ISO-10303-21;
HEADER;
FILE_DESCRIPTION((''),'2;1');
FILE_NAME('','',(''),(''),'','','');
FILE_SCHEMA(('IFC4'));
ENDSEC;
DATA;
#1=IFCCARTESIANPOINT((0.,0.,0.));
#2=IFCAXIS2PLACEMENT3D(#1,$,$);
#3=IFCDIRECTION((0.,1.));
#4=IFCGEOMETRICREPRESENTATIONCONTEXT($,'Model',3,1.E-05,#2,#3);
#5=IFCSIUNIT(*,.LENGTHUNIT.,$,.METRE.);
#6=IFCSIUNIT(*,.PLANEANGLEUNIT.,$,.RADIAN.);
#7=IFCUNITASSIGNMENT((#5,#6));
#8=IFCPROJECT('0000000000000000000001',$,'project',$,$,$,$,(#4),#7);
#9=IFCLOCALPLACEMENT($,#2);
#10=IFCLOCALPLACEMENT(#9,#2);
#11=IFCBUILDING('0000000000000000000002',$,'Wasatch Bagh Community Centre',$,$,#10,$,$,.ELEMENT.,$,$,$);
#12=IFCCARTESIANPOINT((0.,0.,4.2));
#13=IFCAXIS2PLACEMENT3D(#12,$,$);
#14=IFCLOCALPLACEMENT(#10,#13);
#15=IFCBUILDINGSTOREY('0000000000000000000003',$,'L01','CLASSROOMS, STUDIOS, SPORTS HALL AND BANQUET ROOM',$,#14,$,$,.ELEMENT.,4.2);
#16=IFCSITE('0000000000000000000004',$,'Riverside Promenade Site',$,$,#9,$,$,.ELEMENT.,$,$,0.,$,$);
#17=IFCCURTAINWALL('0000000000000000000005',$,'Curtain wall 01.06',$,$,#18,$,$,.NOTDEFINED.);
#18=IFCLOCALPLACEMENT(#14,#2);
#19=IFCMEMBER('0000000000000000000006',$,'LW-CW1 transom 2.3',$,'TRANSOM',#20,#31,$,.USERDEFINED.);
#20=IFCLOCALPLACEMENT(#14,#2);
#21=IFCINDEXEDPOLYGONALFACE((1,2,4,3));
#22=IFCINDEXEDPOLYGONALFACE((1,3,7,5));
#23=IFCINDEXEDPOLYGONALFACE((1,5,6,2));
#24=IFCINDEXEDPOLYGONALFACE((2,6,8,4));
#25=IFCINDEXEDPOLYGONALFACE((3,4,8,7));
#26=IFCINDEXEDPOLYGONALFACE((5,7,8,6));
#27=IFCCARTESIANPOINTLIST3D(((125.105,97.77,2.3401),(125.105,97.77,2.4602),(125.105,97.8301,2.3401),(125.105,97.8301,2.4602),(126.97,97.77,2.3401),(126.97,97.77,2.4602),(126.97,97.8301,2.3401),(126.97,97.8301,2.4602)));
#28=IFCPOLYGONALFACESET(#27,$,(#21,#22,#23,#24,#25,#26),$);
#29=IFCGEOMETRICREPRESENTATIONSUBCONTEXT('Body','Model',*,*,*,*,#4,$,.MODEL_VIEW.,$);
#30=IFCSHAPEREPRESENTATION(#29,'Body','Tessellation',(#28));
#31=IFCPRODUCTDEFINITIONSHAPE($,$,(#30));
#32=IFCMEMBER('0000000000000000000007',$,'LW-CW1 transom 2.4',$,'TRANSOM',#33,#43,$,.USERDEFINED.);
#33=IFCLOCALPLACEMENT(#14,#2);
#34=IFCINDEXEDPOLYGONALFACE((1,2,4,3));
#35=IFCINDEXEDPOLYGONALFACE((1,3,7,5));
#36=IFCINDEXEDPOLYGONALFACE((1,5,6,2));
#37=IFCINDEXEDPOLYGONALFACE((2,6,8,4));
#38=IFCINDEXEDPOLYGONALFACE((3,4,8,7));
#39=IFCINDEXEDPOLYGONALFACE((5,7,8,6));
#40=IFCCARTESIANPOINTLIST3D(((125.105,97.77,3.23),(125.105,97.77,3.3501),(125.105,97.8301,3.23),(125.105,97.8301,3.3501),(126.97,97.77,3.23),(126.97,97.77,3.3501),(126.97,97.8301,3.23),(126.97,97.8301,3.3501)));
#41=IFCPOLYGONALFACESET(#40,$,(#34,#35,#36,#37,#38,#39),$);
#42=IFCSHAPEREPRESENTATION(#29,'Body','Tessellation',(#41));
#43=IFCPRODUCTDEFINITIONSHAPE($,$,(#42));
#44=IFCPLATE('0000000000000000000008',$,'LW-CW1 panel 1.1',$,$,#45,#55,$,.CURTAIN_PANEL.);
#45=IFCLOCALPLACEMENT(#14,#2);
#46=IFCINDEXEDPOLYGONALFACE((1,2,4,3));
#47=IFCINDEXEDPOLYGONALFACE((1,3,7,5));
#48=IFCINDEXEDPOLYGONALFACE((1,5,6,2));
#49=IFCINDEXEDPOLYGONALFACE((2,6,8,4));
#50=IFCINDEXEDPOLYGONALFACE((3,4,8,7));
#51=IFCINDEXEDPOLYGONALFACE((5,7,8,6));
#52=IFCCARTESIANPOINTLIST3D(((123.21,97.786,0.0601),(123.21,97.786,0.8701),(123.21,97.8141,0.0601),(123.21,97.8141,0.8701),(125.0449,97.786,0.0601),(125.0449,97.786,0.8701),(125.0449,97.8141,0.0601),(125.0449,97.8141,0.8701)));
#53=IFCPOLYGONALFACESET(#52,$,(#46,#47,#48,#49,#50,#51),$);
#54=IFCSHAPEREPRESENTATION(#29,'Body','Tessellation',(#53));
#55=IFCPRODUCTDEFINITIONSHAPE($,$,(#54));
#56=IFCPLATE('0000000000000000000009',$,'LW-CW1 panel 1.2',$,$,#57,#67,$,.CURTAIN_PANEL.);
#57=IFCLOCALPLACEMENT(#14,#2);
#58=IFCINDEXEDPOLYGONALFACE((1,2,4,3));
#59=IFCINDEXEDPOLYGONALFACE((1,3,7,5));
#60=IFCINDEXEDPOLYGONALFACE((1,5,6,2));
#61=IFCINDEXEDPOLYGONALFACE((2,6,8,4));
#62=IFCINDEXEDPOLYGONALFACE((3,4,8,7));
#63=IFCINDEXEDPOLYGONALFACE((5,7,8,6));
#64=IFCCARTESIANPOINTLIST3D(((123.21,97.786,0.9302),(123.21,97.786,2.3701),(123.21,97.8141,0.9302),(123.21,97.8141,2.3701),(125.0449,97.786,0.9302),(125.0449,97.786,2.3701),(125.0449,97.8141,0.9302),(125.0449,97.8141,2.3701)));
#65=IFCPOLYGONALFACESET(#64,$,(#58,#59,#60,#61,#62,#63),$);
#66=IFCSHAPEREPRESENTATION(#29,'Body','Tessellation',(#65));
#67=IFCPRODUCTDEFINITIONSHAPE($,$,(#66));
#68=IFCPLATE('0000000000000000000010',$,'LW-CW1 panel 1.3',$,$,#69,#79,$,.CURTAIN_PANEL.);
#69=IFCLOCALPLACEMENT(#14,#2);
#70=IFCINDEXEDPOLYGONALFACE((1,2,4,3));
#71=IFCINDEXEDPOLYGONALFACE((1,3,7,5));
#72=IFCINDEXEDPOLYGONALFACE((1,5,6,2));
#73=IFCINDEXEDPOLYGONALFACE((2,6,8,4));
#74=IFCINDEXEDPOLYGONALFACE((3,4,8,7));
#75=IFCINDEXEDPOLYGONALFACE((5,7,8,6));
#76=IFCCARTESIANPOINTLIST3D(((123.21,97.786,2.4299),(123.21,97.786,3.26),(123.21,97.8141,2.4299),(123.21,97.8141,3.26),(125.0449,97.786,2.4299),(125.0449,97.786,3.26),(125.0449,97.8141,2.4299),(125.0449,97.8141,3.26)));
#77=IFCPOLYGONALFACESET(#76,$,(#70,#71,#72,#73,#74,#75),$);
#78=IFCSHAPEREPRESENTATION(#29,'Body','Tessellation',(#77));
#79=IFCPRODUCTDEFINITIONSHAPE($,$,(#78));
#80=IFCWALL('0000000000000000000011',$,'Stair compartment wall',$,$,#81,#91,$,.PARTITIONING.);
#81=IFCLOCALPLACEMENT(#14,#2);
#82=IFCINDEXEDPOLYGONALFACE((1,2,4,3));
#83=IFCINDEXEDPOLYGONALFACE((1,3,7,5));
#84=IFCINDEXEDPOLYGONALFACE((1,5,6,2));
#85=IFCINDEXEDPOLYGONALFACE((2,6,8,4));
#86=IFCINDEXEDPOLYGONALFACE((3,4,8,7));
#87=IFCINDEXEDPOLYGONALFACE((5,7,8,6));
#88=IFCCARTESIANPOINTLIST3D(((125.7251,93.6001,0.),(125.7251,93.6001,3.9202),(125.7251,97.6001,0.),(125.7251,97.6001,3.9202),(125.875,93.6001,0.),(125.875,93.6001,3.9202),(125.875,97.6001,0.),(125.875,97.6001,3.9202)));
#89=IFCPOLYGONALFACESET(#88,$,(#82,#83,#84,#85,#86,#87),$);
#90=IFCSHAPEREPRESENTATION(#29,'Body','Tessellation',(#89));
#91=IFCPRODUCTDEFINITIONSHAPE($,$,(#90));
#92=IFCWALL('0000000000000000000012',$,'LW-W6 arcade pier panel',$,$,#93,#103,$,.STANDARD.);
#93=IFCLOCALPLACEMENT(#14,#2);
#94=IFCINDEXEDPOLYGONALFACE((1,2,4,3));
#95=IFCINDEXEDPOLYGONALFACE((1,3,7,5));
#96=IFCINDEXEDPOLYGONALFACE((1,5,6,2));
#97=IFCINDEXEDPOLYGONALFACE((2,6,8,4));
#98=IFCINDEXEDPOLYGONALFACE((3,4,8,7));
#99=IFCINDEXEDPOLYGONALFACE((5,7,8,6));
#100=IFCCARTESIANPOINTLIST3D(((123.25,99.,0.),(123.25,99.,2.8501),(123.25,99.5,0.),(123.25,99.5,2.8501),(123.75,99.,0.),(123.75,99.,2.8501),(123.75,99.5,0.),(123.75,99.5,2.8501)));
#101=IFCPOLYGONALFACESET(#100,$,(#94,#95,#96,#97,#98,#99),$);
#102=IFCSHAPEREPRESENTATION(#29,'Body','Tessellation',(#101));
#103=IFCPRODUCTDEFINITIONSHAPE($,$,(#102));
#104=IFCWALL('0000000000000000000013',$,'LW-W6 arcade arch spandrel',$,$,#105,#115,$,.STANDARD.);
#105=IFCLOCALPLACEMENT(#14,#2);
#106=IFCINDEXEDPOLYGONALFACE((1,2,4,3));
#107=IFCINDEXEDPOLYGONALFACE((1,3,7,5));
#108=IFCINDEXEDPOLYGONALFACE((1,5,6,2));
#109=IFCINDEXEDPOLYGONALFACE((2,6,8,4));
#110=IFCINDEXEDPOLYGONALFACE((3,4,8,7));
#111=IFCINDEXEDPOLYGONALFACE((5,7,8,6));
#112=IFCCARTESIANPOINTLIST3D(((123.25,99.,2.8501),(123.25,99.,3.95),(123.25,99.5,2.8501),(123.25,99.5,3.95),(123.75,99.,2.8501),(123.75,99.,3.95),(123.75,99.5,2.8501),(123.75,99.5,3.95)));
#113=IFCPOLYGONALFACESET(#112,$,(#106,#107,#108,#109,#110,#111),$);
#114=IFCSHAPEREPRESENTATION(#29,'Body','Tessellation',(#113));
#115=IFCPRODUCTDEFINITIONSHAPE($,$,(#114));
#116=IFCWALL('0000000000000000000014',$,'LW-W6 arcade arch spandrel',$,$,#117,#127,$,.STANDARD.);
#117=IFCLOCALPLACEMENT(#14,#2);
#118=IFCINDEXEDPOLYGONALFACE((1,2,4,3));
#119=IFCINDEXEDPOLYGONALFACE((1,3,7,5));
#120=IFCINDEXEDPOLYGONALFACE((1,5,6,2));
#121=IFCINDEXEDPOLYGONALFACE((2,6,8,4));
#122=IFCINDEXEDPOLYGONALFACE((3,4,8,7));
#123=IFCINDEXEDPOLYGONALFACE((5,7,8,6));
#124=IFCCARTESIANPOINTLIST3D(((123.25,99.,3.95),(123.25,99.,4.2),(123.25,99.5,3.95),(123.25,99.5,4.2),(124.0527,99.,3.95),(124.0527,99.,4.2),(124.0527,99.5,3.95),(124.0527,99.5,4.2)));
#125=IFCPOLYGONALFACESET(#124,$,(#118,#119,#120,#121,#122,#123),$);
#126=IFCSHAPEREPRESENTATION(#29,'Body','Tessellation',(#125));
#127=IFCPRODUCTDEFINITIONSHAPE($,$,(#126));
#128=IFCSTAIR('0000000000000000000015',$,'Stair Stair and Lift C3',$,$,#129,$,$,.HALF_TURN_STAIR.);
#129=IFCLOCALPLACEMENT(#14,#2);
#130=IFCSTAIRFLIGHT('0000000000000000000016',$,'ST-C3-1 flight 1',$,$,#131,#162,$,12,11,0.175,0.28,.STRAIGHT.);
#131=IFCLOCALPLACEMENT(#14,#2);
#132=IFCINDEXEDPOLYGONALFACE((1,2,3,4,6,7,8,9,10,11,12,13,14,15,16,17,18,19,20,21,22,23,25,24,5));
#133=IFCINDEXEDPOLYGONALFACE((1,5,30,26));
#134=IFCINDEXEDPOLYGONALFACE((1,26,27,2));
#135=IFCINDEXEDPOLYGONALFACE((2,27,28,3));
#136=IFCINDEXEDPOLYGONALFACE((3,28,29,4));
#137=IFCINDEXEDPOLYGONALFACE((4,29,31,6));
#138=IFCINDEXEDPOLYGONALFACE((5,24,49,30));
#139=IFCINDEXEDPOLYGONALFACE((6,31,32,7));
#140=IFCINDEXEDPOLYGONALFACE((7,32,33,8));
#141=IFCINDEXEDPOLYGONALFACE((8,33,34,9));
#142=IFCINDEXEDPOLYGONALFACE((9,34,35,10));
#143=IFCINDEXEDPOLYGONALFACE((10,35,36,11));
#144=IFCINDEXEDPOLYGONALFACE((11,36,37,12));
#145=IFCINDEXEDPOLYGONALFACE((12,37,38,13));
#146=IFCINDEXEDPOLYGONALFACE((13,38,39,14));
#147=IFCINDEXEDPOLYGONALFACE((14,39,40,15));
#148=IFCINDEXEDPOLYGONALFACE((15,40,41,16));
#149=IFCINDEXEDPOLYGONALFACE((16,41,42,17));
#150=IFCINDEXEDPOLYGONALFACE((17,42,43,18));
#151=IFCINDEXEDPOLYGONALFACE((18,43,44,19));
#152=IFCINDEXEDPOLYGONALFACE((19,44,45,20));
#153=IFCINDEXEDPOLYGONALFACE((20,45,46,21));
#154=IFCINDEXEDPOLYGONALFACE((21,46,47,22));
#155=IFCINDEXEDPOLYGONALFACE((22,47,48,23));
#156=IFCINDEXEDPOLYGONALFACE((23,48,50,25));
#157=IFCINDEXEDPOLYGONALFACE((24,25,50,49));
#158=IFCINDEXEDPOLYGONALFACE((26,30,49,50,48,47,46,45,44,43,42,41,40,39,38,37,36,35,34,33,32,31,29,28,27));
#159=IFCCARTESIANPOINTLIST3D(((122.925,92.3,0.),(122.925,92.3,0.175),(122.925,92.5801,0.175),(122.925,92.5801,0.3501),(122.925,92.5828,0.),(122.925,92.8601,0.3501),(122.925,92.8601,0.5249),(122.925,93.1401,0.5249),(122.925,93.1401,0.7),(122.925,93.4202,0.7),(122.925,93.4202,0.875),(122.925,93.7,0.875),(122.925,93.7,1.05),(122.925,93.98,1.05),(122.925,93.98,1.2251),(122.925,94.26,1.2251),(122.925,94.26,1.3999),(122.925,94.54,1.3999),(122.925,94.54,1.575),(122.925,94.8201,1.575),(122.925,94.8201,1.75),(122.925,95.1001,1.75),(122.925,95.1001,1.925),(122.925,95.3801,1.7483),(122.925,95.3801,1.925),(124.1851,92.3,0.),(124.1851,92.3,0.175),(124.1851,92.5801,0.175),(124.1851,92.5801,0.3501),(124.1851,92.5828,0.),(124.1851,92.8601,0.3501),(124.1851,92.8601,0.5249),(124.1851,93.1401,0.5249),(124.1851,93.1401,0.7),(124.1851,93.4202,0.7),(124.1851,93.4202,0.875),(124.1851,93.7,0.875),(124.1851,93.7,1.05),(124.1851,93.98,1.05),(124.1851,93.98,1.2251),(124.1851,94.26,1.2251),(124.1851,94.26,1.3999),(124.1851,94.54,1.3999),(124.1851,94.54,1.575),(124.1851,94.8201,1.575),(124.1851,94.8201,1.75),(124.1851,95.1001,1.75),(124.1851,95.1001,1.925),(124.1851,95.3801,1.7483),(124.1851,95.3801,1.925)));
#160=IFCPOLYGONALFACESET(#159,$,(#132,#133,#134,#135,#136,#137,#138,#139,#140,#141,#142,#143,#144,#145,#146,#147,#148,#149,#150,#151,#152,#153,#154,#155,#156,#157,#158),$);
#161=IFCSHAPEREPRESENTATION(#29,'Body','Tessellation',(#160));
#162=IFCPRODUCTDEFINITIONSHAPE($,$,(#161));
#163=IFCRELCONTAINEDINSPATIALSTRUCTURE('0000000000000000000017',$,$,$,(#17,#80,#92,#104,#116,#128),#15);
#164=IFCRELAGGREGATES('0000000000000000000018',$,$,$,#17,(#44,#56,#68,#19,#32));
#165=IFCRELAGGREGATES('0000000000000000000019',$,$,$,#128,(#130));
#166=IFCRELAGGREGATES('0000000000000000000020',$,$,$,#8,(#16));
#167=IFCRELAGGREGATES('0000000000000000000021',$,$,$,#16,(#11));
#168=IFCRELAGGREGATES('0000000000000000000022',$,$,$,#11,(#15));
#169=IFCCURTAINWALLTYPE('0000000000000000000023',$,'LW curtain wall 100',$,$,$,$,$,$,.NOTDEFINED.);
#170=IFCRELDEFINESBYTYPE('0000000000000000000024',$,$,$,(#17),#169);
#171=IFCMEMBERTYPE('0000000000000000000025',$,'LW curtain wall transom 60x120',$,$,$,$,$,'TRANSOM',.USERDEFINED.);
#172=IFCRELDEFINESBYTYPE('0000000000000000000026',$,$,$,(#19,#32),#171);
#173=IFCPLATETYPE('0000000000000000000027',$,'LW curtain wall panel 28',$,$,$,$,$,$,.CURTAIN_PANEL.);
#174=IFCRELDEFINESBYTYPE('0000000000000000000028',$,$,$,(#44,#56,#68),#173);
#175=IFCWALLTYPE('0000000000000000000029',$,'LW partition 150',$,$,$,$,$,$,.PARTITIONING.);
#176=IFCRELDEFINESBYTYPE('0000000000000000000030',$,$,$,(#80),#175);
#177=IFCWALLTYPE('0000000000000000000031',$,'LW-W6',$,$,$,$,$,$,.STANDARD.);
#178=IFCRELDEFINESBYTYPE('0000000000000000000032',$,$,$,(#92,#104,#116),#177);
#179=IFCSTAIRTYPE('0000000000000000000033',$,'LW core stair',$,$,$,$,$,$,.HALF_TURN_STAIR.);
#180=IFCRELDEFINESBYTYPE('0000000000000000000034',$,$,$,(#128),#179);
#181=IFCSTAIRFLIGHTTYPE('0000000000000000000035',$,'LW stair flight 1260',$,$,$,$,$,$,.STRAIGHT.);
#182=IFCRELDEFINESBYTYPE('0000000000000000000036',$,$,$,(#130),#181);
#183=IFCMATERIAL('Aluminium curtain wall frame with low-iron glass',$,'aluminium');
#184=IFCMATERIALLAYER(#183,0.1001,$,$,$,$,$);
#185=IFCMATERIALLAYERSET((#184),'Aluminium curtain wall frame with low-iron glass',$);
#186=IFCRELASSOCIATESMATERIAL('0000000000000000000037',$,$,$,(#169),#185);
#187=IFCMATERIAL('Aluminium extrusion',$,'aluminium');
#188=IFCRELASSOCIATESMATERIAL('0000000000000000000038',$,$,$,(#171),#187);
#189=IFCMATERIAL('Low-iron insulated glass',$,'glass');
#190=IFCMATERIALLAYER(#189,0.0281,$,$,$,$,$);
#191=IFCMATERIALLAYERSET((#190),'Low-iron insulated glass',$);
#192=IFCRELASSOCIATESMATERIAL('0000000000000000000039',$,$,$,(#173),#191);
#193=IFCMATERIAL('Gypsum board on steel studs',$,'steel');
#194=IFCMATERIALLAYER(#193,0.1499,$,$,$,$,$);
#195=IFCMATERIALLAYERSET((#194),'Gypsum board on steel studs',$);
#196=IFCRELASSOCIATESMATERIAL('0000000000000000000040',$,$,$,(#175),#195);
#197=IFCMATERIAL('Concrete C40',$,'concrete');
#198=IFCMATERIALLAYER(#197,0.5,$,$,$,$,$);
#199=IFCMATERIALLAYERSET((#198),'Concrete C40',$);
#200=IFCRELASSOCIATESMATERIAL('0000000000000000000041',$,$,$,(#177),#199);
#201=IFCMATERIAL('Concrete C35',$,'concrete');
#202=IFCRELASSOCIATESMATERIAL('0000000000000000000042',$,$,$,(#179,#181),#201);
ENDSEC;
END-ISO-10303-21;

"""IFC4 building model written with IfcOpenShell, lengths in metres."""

from ifc_helpers import new_model, si_unit, direction, frame, frame_2d, origin, origin_2d, place, context, subcontext, project, spatial, polyline, rectangle, outline, extrude, material, layer, layer_set, material_profile, profile_set, type_object, element, aggregate, save


model = new_model("IFC4")

# Units and contexts
model_context = context("Model", 3, precision=1e-05, world=origin(), true_north=direction((0.0, 1.0)))
body_context = subcontext(model_context, "Body", "Model", "MODEL_VIEW")
ifc_project = project(units=[si_unit("LENGTHUNIT", "METRE"), si_unit("PLANEANGLEUNIT", "RADIAN")], contexts=[model_context])

# Site, building, storey
site_placement = place(None, origin())
site = spatial("IfcSite", under=ifc_project, at=site_placement, Name="Riverside Promenade Site", CompositionType="ELEMENT", RefElevation=0.0)
building_placement = place(site_placement, origin())
building = spatial("IfcBuilding", under=site, at=building_placement, Name="Wasatch Bagh Community Centre", CompositionType="ELEMENT")
storey_placement = place(building_placement, frame((0.0, 0.0, 4.2)))
storey = spatial("IfcBuildingStorey", under=building, at=storey_placement, Name="L01", Description="CLASSROOMS, STUDIOS, SPORTS HALL AND BANQUET ROOM", CompositionType="ELEMENT", Elevation=4.2)

# Shared definitions
ifc_material_1 = material(Name="Concrete C40", Category="concrete")

# Shared definitions
ifc_material_2 = material(Name="Concrete C35", Category="concrete")

# Curtain wall, members, plates
ifc_material_3 = material(Name="Aluminium curtain wall frame with low-iron glass", Category="aluminium")
ifc_layer_1 = layer(ifc_material_3, 0.1001)
ifc_layer_set_1 = layer_set([ifc_layer_1], Name="Aluminium curtain wall frame with low-iron glass")
curtain_wall_type = type_object("IfcCurtainWallType", Name="LW curtain wall 100", PredefinedType="NOTDEFINED", material=ifc_layer_set_1)
curtain_wall_placement = place(storey_placement, origin())
curtain_wall = element("IfcCurtainWall", 1, at=curtain_wall_placement, inside=storey, type_object=curtain_wall_type, Name="Curtain wall 01.06", PredefinedType="NOTDEFINED")
ifc_material_4 = material(Name="Aluminium extrusion", Category="aluminium")
ifc_material_profile_1 = material_profile(ifc_material_4, rectangle(XDim=0.0601, YDim=0.1201, at=origin_2d()), Name="AL 60x120")
ifc_profile_set_1 = profile_set([ifc_material_profile_1], Name="Aluminium extrusion")
member_type_1 = type_object("IfcMemberType", Name="LW curtain wall transom 60x120", ElementType="TRANSOM", PredefinedType="USERDEFINED", material=ifc_profile_set_1)
member_1_placement = place(storey_placement, frame((125.105, 97.8, 2.4001), z_axis=(1.0, 0.0, 0.0), x_axis=(0.0, 1.0, 0.0)))
member_1 = element("IfcMember", 2, at=member_1_placement, type_object=member_type_1, Name="LW-CW1 transom 2.3", ObjectType="TRANSOM", PredefinedType="USERDEFINED", context=body_context, shape_type="SweptSolid", body=[
    extrude(rectangle(XDim=0.0601, YDim=0.1201, at=origin_2d()), origin(), (0.0, 0.0, 1.0), 1.865),
])
member_2_placement = place(storey_placement, frame((125.105, 97.8, 3.29), z_axis=(1.0, 0.0, 0.0), x_axis=(0.0, 1.0, 0.0)))
member_2 = element("IfcMember", 3, at=member_2_placement, type_object=member_type_1, Name="LW-CW1 transom 2.4", ObjectType="TRANSOM", PredefinedType="USERDEFINED", context=body_context, shape_type="SweptSolid", body=[
    extrude(rectangle(XDim=0.0601, YDim=0.1201, at=origin_2d()), origin(), (0.0, 0.0, 1.0), 1.865),
])
ifc_material_5 = material(Name="Low-iron insulated glass", Category="glass")
ifc_layer_2 = layer(ifc_material_5, 0.0281)
ifc_layer_set_2 = layer_set([ifc_layer_2], Name="Low-iron insulated glass")
plate_type = type_object("IfcPlateType", Name="LW curtain wall panel 28", PredefinedType="CURTAIN_PANEL", material=ifc_layer_set_2)
plate_1_placement = place(storey_placement, frame((124.1274, 97.8, 0.0601), z_axis=(0.0, 0.0, 1.0), x_axis=(1.0, 0.0, 0.0)))
plate_1 = element("IfcPlate", 4, at=plate_1_placement, type_object=plate_type, Name="LW-CW1 panel 1.1", PredefinedType="CURTAIN_PANEL", context=body_context, shape_type="SweptSolid", body=[
    extrude(rectangle(XDim=1.835, YDim=0.0281, at=origin_2d()), origin(), (0.0, 0.0, 1.0), 0.8101),
])
plate_2_placement = place(storey_placement, frame((124.1274, 97.8, 0.9302), z_axis=(0.0, 0.0, 1.0), x_axis=(1.0, 0.0, 0.0)))
plate_2 = element("IfcPlate", 5, at=plate_2_placement, type_object=plate_type, Name="LW-CW1 panel 1.2", PredefinedType="CURTAIN_PANEL", context=body_context, shape_type="SweptSolid", body=[
    extrude(rectangle(XDim=1.835, YDim=0.0281, at=origin_2d()), origin(), (0.0, 0.0, 1.0), 1.4399),
])
plate_3_placement = place(storey_placement, frame((124.1274, 97.8, 2.4299), z_axis=(0.0, 0.0, 1.0), x_axis=(1.0, 0.0, 0.0)))
plate_3 = element("IfcPlate", 6, at=plate_3_placement, type_object=plate_type, Name="LW-CW1 panel 1.3", PredefinedType="CURTAIN_PANEL", context=body_context, shape_type="SweptSolid", body=[
    extrude(rectangle(XDim=1.835, YDim=0.0281, at=origin_2d()), origin(), (0.0, 0.0, 1.0), 0.8301),
])
aggregate(curtain_wall, [plate_1, plate_2, plate_3, member_1, member_2])

# Walls
ifc_material_6 = material(Name="Gypsum board on steel studs", Category="steel")
ifc_layer_3 = layer(ifc_material_6, 0.1499)
ifc_layer_set_3 = layer_set([ifc_layer_3], Name="Gypsum board on steel studs")
wall_type_1 = type_object("IfcWallType", Name="LW partition 150", PredefinedType="PARTITIONING", material=ifc_layer_set_3)
wall_1_placement = place(storey_placement, frame((125.8, 93.6001, 0.0), z_axis=(0.0, 0.0, 1.0), x_axis=(0.0, 1.0, 0.0)))
element("IfcWall", 7, at=wall_1_placement, inside=storey, type_object=wall_type_1, Name="Stair compartment wall", PredefinedType="PARTITIONING", context=body_context, shape_type="SweptSolid", body=[
    extrude(rectangle(XDim=4.0, YDim=0.1499, at=frame_2d((2.0, 0.0))), origin(), (0.0, 0.0, 1.0), 3.9202),
])
ifc_layer_4 = layer(ifc_material_1, 0.5)
ifc_layer_set_4 = layer_set([ifc_layer_4], Name="Concrete C40")
wall_type_2 = type_object("IfcWallType", Name="LW-W6", PredefinedType="STANDARD", material=ifc_layer_set_4)
wall_2_placement = place(storey_placement, frame((123.25, 99.25, 0.0), z_axis=(0.0, 0.0, 1.0), x_axis=(1.0, 0.0, 0.0)))
element("IfcWall", 8, at=wall_2_placement, inside=storey, type_object=wall_type_2, Name="LW-W6 arcade pier panel", PredefinedType="STANDARD", context=body_context, shape_type="SweptSolid", body=[
    extrude(rectangle(XDim=0.5, YDim=0.5, at=frame_2d((0.25, 0.0))), origin(), (0.0, 0.0, 1.0), 2.8501),
])
wall_3_placement = place(storey_placement, frame((123.25, 99.25, 2.8501), z_axis=(0.0, 0.0, 1.0), x_axis=(1.0, 0.0, 0.0)))
element("IfcWall", 9, at=wall_3_placement, inside=storey, type_object=wall_type_2, Name="LW-W6 arcade arch spandrel", PredefinedType="STANDARD", context=body_context, shape_type="SweptSolid", body=[
    extrude(rectangle(XDim=0.5, YDim=0.5, at=frame_2d((0.25, 0.0))), origin(), (0.0, 0.0, 1.0), 1.0999),
])
wall_4_placement = place(storey_placement, frame((123.25, 99.25, 3.95), z_axis=(0.0, 0.0, 1.0), x_axis=(1.0, 0.0, 0.0)))
element("IfcWall", 10, at=wall_4_placement, inside=storey, type_object=wall_type_2, Name="LW-W6 arcade arch spandrel", PredefinedType="STANDARD", context=body_context, shape_type="SweptSolid", body=[
    extrude(rectangle(XDim=0.8027, YDim=0.5, at=frame_2d((0.4014, 0.0))), origin(), (0.0, 0.0, 1.0), 0.25),
])

# Stair, stair flight
stair_type = type_object("IfcStairType", Name="LW core stair", PredefinedType="HALF_TURN_STAIR", material=ifc_material_2)
stair_placement = place(storey_placement, origin())
stair = element("IfcStair", 11, at=stair_placement, inside=storey, type_object=stair_type, Name="Stair Stair and Lift C3", PredefinedType="HALF_TURN_STAIR")
stair_flight_type = type_object("IfcStairFlightType", Name="LW stair flight 1260", PredefinedType="STRAIGHT", material=ifc_material_2)
stair_flight_1_placement = place(storey_placement, frame((123.5549, 92.3, 0.0), z_axis=(0.0, 0.0, 1.0), x_axis=(0.0, 1.0, 0.0)))
stair_flight_1 = element("IfcStairFlight", 12, at=stair_flight_1_placement, type_object=stair_flight_type, Name="ST-C3-1 flight 1", NumberOfRisers=12, NumberOfTreads=11, PredefinedType="STRAIGHT", RiserHeight=0.175, TreadLength=0.28, context=body_context, shape_type="SweptSolid", body=[
    extrude(outline(polyline([(0.0, 0.0), (0.0, 0.175), (0.28, 0.175), (0.28, 0.3501), (0.5601, 0.3501), (0.5601, 0.5249), (0.8401, 0.5249), (0.8401, 0.7), (1.1201, 0.7), (1.1201, 0.875), (1.3999, 0.875), (1.3999, 1.05), (1.6799, 1.05), (1.6799, 1.2251), (1.96, 1.2251), (1.96, 1.3999), (2.24, 1.3999), (2.24, 1.575), (2.52, 1.575), (2.52, 1.75), (2.8, 1.75), (2.8, 1.925), (3.0801, 1.925), (3.0801, 2.1001), (3.0801, 1.7483), (0.2827, 0.0), (0.0, 0.0)])), frame((0.0, 0.6299, 0.0), z_axis=(0.0, -1.0, 0.0), x_axis=(1.0, 0.0, 0.0)), (0.0, 0.0, 1.0), 1.26),
])
aggregate(stair, [stair_flight_1])

save(model, "model.ifc")
